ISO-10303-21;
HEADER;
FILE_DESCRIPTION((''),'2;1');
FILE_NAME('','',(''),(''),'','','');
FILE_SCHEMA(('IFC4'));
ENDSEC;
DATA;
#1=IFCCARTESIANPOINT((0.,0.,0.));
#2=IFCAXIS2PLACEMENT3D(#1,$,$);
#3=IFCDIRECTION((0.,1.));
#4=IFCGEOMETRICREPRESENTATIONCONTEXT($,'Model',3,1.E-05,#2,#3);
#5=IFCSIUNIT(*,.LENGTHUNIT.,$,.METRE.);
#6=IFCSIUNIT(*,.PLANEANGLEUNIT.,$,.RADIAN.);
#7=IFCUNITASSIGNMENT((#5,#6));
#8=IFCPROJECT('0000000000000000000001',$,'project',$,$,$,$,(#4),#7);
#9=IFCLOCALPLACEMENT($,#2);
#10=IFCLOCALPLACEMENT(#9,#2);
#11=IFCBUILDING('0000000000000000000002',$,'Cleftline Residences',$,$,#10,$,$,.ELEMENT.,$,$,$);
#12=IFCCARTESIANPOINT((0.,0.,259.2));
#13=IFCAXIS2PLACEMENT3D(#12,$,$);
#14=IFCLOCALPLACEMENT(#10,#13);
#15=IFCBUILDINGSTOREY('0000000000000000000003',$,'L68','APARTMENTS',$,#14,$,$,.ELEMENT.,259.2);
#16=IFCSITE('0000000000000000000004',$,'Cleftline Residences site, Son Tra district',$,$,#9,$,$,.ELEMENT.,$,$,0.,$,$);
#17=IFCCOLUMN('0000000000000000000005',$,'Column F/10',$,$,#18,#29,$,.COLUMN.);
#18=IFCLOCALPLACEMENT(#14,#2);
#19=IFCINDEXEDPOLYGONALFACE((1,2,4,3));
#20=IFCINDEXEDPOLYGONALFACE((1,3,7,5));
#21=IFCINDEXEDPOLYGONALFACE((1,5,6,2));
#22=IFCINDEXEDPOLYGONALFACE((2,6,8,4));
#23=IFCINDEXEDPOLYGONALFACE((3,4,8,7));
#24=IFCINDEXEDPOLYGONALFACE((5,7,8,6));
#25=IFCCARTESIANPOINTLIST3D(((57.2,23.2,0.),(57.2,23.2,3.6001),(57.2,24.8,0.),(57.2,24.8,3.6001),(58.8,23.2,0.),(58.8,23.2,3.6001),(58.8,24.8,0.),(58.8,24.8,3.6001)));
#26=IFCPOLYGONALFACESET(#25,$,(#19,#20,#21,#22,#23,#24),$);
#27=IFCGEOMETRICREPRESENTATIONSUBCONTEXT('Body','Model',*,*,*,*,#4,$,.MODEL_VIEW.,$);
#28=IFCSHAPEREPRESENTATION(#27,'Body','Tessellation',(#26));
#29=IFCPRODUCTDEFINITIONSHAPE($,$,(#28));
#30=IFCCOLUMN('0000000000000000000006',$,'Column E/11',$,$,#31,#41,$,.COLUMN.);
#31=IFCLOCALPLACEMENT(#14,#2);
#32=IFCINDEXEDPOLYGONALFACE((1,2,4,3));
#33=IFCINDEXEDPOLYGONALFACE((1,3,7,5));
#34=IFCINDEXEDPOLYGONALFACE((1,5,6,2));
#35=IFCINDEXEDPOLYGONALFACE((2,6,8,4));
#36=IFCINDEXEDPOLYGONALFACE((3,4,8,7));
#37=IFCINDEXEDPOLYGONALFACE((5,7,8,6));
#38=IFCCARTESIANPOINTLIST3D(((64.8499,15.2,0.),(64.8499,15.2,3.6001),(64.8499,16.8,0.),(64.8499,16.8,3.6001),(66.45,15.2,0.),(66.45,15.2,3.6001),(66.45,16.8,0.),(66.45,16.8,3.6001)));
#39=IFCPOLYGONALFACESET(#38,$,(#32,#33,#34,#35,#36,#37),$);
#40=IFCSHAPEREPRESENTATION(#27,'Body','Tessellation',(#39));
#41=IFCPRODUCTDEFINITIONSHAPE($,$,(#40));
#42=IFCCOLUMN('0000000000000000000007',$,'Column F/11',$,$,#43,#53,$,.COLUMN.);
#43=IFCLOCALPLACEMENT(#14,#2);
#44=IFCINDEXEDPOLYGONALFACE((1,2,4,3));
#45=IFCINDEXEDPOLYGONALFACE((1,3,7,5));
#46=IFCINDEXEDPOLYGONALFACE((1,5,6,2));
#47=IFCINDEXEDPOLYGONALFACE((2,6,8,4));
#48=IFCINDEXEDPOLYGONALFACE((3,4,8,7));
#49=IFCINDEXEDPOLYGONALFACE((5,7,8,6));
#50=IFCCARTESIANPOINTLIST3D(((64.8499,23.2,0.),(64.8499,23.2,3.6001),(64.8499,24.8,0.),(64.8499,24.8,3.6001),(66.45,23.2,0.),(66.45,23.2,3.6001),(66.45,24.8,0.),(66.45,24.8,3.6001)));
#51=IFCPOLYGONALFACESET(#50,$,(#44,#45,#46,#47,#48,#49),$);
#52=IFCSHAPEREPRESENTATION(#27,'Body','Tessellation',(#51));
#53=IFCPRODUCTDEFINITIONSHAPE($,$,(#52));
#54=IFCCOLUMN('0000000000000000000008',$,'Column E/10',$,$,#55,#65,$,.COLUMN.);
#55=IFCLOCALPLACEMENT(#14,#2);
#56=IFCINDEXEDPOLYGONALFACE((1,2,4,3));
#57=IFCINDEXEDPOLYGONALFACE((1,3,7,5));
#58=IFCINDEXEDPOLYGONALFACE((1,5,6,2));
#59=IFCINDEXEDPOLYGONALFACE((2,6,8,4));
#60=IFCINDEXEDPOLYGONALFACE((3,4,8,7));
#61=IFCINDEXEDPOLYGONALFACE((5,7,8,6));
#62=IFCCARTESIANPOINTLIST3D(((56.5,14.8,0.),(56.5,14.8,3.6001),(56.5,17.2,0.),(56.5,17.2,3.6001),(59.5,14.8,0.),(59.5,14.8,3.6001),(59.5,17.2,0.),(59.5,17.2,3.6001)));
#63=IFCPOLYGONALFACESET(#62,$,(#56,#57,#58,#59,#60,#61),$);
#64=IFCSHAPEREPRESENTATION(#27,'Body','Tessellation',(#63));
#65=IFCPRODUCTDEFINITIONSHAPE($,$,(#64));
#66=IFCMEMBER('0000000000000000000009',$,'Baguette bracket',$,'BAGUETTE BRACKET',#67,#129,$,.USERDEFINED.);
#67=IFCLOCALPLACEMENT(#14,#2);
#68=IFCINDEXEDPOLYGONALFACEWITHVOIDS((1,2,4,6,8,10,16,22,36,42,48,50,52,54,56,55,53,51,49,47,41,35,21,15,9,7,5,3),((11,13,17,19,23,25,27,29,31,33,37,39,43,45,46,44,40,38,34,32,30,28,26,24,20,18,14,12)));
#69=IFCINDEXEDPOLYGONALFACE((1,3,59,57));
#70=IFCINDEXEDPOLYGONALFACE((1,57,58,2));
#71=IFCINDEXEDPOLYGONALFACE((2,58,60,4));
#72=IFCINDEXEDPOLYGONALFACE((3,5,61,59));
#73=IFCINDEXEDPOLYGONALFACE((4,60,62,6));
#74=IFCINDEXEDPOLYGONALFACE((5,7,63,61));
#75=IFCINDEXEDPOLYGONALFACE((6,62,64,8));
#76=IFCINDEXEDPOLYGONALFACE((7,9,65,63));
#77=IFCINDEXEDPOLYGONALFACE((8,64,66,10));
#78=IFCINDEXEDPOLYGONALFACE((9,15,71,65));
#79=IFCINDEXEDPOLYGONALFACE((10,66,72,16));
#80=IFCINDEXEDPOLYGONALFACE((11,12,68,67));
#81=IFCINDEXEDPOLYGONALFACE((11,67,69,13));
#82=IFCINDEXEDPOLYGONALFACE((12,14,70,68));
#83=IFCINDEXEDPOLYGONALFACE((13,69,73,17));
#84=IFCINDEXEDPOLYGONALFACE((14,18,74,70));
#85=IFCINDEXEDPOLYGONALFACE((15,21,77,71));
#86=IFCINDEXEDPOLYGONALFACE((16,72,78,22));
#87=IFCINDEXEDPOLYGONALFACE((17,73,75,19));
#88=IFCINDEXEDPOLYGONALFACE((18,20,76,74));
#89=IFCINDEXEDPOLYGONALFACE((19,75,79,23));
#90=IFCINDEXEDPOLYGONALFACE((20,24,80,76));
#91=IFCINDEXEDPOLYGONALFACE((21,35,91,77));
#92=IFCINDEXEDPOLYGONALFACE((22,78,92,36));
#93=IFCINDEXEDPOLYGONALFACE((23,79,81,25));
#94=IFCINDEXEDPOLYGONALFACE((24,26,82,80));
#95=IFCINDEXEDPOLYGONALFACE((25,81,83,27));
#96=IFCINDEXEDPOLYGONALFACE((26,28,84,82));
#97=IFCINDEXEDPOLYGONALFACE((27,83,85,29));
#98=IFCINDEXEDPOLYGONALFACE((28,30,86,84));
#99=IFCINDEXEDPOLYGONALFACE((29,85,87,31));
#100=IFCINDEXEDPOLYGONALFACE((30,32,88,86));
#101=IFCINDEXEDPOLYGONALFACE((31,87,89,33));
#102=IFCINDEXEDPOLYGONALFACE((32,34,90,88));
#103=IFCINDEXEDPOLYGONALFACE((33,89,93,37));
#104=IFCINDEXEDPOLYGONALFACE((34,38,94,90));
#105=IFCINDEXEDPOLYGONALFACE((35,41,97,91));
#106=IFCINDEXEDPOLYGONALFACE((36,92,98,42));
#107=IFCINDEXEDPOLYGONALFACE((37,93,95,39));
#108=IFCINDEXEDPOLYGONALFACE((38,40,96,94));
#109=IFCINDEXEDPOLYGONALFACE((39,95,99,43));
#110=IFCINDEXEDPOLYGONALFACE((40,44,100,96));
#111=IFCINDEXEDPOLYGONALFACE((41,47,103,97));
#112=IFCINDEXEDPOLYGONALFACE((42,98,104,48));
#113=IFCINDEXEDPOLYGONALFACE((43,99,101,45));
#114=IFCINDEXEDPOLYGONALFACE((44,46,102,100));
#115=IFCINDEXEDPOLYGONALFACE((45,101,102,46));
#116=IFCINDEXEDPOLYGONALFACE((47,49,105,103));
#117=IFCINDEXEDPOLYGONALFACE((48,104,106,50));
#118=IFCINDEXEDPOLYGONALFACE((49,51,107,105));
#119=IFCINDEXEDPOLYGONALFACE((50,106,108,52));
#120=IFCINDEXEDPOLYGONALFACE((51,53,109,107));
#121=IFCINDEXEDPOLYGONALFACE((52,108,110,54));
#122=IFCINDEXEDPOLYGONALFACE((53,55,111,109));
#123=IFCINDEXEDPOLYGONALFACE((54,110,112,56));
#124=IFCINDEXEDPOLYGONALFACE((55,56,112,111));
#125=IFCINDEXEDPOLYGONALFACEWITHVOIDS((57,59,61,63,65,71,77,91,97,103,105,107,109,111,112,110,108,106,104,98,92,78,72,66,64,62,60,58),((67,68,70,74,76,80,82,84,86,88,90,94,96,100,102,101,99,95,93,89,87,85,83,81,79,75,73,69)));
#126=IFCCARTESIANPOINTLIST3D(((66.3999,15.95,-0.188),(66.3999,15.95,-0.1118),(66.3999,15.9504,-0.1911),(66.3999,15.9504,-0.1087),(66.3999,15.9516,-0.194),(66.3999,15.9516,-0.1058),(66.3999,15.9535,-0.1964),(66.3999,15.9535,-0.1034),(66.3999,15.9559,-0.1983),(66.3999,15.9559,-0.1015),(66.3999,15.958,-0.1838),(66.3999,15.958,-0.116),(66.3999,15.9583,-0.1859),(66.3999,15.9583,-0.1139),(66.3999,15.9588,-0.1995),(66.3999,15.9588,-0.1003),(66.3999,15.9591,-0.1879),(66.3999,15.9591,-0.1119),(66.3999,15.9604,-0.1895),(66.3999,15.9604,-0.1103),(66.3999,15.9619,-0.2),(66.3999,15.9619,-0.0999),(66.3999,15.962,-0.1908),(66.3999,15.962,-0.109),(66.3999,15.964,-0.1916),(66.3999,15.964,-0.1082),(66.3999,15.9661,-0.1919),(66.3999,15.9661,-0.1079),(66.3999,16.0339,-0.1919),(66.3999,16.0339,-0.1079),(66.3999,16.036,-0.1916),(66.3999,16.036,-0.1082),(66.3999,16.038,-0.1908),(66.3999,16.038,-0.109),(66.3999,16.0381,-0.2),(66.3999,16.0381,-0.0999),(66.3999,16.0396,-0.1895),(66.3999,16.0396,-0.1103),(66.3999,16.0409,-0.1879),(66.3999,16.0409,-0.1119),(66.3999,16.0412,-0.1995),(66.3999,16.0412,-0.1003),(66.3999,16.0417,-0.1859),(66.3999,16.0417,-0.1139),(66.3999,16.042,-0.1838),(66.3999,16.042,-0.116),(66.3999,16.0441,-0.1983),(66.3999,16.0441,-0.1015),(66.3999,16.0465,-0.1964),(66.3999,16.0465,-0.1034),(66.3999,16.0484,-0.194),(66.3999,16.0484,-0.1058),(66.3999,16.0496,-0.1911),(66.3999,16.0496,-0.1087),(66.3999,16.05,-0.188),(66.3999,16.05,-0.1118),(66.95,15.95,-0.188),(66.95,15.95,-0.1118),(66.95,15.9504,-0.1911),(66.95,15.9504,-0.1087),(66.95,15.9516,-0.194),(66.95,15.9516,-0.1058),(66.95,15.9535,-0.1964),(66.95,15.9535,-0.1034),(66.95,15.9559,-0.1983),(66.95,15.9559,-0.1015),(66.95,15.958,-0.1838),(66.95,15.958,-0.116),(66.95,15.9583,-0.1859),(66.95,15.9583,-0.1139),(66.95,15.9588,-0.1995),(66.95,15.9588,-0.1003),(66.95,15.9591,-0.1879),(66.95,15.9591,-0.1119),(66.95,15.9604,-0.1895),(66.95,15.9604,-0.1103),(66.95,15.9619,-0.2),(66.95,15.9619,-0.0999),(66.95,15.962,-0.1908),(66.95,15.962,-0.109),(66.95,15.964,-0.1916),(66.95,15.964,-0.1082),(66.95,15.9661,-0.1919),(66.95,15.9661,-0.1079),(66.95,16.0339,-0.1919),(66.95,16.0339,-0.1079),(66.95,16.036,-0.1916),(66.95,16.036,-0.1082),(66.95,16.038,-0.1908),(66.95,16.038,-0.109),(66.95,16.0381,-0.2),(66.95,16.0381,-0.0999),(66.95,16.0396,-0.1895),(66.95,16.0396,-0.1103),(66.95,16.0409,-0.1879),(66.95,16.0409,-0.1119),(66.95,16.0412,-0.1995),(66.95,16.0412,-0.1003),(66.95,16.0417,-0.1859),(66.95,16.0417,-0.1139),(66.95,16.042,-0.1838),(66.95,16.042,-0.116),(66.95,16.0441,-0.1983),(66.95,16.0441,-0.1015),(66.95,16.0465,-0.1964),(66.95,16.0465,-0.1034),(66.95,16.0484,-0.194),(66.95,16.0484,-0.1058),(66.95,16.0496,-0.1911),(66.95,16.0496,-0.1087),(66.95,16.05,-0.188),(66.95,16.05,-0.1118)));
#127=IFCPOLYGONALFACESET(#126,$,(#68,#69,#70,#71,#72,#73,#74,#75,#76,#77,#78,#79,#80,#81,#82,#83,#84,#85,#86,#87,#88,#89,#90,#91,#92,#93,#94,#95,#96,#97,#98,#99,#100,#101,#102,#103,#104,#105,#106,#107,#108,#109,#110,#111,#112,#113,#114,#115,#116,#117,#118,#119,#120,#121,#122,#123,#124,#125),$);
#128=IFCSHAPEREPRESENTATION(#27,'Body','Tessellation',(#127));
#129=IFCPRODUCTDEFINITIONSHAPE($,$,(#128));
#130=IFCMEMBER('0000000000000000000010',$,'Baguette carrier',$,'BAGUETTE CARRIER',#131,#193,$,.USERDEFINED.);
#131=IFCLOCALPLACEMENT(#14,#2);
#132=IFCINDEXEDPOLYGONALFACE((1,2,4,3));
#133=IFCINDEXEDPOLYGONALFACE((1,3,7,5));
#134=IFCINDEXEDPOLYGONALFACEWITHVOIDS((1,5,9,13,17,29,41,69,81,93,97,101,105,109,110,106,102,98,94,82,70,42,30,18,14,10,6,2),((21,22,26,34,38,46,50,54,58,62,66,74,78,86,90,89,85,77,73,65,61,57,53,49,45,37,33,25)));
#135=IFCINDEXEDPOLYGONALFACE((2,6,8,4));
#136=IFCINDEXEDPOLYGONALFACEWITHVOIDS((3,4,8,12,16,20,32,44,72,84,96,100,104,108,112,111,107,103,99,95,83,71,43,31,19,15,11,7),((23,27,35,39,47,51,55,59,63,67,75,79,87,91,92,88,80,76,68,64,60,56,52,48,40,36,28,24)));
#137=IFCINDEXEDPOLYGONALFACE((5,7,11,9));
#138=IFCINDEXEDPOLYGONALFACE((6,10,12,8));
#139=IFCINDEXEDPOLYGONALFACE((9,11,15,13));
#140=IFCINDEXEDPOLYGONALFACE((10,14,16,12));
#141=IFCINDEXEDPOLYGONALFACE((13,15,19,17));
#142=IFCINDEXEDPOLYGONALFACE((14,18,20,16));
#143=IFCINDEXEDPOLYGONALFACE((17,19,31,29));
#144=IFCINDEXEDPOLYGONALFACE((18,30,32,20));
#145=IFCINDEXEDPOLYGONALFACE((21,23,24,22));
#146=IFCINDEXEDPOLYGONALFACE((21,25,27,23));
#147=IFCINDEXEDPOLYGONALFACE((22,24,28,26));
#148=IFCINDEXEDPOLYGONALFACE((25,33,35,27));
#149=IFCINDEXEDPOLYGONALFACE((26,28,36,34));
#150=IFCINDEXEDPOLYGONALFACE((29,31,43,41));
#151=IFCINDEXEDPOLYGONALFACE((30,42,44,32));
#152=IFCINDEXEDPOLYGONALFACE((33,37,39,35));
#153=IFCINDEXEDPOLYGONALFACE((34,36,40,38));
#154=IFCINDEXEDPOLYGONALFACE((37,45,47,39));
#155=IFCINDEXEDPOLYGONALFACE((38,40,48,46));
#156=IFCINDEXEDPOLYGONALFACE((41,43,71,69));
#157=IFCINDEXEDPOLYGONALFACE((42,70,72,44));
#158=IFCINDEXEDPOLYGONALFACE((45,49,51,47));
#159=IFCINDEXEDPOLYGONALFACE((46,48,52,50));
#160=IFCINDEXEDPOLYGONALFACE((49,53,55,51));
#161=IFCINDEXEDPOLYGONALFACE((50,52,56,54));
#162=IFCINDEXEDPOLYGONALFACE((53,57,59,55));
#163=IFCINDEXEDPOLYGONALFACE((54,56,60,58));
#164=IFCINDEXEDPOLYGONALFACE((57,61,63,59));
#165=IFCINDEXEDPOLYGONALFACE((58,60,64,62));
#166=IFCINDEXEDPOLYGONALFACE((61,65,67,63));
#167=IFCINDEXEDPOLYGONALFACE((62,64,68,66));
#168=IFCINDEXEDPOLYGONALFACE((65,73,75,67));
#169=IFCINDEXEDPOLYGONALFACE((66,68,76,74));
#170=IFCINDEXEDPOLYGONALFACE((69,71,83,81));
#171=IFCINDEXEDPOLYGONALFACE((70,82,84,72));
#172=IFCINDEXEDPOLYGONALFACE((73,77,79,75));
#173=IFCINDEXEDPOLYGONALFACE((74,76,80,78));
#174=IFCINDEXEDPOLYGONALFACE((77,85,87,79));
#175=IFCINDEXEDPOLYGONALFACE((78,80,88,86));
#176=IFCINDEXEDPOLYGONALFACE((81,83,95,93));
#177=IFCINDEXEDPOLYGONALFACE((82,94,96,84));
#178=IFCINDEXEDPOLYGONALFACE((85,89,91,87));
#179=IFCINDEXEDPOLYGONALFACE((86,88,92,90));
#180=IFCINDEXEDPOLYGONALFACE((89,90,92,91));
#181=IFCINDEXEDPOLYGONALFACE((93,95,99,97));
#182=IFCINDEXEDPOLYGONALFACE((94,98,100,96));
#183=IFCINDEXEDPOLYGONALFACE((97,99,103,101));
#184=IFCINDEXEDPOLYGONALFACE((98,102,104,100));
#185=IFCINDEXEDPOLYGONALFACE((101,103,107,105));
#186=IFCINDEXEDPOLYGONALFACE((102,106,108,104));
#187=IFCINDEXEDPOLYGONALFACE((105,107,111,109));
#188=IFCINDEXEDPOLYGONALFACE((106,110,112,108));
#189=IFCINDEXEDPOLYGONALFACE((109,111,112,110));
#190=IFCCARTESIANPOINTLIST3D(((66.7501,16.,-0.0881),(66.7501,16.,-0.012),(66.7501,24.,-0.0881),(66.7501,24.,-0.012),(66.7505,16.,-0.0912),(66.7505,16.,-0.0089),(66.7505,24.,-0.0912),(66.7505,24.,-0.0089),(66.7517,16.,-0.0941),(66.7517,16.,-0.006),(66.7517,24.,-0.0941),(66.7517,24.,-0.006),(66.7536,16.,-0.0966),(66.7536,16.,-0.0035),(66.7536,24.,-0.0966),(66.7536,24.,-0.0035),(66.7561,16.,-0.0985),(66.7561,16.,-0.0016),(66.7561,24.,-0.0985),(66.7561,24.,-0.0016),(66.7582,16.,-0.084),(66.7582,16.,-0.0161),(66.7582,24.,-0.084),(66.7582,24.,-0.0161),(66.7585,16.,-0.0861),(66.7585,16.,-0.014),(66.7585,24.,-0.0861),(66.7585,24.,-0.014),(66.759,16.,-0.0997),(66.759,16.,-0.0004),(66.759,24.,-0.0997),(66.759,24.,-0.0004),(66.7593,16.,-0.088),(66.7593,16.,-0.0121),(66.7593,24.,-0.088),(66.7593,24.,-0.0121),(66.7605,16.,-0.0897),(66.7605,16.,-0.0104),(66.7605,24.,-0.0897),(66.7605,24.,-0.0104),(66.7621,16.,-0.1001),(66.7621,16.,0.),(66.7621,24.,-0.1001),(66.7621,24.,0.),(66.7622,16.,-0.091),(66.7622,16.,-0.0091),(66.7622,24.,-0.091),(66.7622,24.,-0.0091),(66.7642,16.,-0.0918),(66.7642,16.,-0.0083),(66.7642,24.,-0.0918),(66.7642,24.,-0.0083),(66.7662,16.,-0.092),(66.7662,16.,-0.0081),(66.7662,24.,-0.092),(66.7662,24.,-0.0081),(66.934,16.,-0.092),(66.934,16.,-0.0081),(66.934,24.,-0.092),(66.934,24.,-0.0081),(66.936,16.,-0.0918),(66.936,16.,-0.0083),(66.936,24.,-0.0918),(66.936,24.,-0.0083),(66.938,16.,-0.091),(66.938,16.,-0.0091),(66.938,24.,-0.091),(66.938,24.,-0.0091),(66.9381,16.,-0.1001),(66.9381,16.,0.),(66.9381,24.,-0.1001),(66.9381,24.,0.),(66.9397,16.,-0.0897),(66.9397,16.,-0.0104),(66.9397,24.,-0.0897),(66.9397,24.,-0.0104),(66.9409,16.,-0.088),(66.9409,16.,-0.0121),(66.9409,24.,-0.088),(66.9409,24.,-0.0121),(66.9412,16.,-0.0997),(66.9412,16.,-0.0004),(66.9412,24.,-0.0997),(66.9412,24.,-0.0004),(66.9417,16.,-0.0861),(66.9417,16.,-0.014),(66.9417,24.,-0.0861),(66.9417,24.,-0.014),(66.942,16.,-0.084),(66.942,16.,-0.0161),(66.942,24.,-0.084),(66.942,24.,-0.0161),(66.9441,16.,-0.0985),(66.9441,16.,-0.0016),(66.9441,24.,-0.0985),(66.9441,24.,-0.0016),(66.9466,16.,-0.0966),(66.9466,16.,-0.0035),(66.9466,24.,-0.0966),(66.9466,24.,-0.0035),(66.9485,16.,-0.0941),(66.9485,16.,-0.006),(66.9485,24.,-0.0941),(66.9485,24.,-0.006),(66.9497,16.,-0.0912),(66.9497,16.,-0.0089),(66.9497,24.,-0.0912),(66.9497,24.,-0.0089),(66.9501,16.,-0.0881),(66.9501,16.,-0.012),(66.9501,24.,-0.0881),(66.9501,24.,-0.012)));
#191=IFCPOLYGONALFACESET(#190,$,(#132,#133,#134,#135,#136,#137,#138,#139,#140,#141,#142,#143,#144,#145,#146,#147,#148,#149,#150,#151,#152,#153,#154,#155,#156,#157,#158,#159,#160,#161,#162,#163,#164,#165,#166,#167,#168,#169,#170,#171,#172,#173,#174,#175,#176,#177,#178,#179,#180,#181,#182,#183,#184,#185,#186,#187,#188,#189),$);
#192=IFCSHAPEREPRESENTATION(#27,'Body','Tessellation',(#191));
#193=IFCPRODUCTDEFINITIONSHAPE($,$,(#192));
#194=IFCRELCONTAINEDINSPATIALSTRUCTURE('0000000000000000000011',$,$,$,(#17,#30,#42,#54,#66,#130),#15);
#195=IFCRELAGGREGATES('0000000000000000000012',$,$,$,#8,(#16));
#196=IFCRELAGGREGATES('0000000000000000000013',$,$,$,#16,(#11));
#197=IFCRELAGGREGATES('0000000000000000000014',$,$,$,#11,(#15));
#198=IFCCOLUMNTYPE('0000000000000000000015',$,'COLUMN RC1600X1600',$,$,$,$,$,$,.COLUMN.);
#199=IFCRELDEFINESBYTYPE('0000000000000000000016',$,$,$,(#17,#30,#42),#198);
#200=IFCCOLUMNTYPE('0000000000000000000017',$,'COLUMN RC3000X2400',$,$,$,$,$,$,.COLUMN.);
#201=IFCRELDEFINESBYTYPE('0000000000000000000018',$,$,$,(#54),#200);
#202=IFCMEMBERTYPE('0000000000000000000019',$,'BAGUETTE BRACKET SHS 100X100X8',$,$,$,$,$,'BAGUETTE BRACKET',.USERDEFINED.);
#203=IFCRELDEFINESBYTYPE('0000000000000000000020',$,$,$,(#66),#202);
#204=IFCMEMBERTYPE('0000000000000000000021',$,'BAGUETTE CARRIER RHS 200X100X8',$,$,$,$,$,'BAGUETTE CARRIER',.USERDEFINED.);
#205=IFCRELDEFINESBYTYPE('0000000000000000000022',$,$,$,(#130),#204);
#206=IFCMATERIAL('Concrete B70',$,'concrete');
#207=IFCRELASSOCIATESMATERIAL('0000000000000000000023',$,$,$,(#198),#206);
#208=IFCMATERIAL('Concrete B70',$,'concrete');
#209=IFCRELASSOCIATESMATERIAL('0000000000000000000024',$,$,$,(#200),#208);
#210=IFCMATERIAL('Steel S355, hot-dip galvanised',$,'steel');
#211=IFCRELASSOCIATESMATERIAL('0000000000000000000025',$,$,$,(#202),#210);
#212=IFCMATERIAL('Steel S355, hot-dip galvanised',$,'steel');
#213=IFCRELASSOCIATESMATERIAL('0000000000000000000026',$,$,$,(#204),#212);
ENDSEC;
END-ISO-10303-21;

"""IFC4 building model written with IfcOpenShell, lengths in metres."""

from ifc_helpers import new_model, si_unit, direction, frame, origin, origin_2d, place, context, subcontext, project, spatial, rectangle, hollow_rectangle, extrude, material, material_profile, profile_set, type_object, element, save


model = new_model("IFC4")

# Units and contexts
model_context = context("Model", 3, precision=1e-05, world=origin(), true_north=direction((0.0, 1.0)))
body_context = subcontext(model_context, "Body", "Model", "MODEL_VIEW")
ifc_project = project(units=[si_unit("LENGTHUNIT", "METRE"), si_unit("PLANEANGLEUNIT", "RADIAN")], contexts=[model_context])

# Site, building, storey
site_placement = place(None, origin())
site = spatial("IfcSite", under=ifc_project, at=site_placement, Name="Cleftline Residences site, Son Tra district", CompositionType="ELEMENT", RefElevation=0.0)
building_placement = place(site_placement, origin())
building = spatial("IfcBuilding", under=site, at=building_placement, Name="Cleftline Residences", CompositionType="ELEMENT")
storey_placement = place(building_placement, frame((0.0, 0.0, 259.2)))
storey = spatial("IfcBuildingStorey", under=building, at=storey_placement, Name="L68", Description="APARTMENTS", CompositionType="ELEMENT", Elevation=259.2)

# Columns
ifc_material_1 = material(Name="Concrete B70", Category="concrete")
ifc_material_profile_1 = material_profile(ifc_material_1, rectangle(XDim=1.6001, YDim=1.6001, at=origin_2d()))
ifc_profile_set_1 = profile_set([ifc_material_profile_1], Name="Concrete B70")
column_type_1 = type_object("IfcColumnType", Name="COLUMN RC1600X1600", PredefinedType="COLUMN", material=ifc_profile_set_1)
for number, where, z_axis, x_axis, name in (
    (1, (58.0, 24.0, 0.0), (0.0, 0.0, 1.0), (1.0, 0.0, 0.0), "Column F/10"),
    (2, (65.6499, 16.0, 0.0), (0.0, 0.0, 1.0), (1.0, 0.0, 0.0), "Column E/11"),
    (3, (65.6499, 24.0, 0.0), (0.0, 0.0, 1.0), (1.0, 0.0, 0.0), "Column F/11"),
):
    element("IfcColumn", number, at=place(storey_placement, frame(where, z_axis=z_axis, x_axis=x_axis)), inside=storey, type_object=column_type_1, Name=name, PredefinedType="COLUMN", context=body_context, shape_type="SweptSolid", body=[
        extrude(rectangle(XDim=1.6001, YDim=1.6001, at=origin_2d()), origin(), (0.0, 0.0, 1.0), 3.6001),
    ])
ifc_material_2 = material(Name="Concrete B70", Category="concrete")
ifc_material_profile_2 = material_profile(ifc_material_2, rectangle(XDim=3.0, YDim=2.3999, at=origin_2d()))
ifc_profile_set_2 = profile_set([ifc_material_profile_2], Name="Concrete B70")
column_type_2 = type_object("IfcColumnType", Name="COLUMN RC3000X2400", PredefinedType="COLUMN", material=ifc_profile_set_2)
column_placement = place(storey_placement, frame((58.0, 16.0, 0.0), z_axis=(0.0, 0.0, 1.0), x_axis=(1.0, 0.0, 0.0)))
element("IfcColumn", 4, at=column_placement, inside=storey, type_object=column_type_2, Name="Column E/10", PredefinedType="COLUMN", context=body_context, shape_type="SweptSolid", body=[
    extrude(rectangle(XDim=3.0, YDim=2.3999, at=origin_2d()), origin(), (0.0, 0.0, 1.0), 3.6001),
])

# Members
ifc_material_3 = material(Name="Steel S355, hot-dip galvanised", Category="steel")
ifc_material_profile_3 = material_profile(ifc_material_3, hollow_rectangle(XDim=0.1001, YDim=0.1001, WallThickness=0.0081, InnerFilletRadius=0.0081, OuterFilletRadius=0.012, at=origin_2d()))
ifc_profile_set_3 = profile_set([ifc_material_profile_3], Name="Steel S355, hot-dip galvanised")
member_type_1 = type_object("IfcMemberType", Name="BAGUETTE BRACKET SHS 100X100X8", ElementType="BAGUETTE BRACKET", PredefinedType="USERDEFINED", material=ifc_profile_set_3)
member_1_placement = place(storey_placement, frame((66.3999, 16.0, -0.1499), z_axis=(1.0, 0.0, 0.0), x_axis=(0.0, 1.0, 0.0)))
element("IfcMember", 5, at=member_1_placement, inside=storey, type_object=member_type_1, Name="Baguette bracket", ObjectType="BAGUETTE BRACKET", PredefinedType="USERDEFINED", context=body_context, shape_type="SweptSolid", body=[
    extrude(hollow_rectangle(XDim=0.1001, YDim=0.1001, WallThickness=0.0081, InnerFilletRadius=0.0081, OuterFilletRadius=0.012, at=origin_2d()), origin(), (0.0, 0.0, 1.0), 0.55),
])
ifc_material_4 = material(Name="Steel S355, hot-dip galvanised", Category="steel")
ifc_material_profile_4 = material_profile(ifc_material_4, hollow_rectangle(XDim=0.1001, YDim=0.2, WallThickness=0.0081, InnerFilletRadius=0.0081, OuterFilletRadius=0.012, at=origin_2d()))
ifc_profile_set_4 = profile_set([ifc_material_profile_4], Name="Steel S355, hot-dip galvanised")
member_type_2 = type_object("IfcMemberType", Name="BAGUETTE CARRIER RHS 200X100X8", ElementType="BAGUETTE CARRIER", PredefinedType="USERDEFINED", material=ifc_profile_set_4)
member_2_placement = place(storey_placement, frame((66.8501, 16.0, -0.05), z_axis=(0.0, 1.0, 0.0), x_axis=(0.0, 0.0, 1.0)))
element("IfcMember", 6, at=member_2_placement, inside=storey, type_object=member_type_2, Name="Baguette carrier", ObjectType="BAGUETTE CARRIER", PredefinedType="USERDEFINED", context=body_context, shape_type="SweptSolid", body=[
    extrude(hollow_rectangle(XDim=0.1001, YDim=0.2, WallThickness=0.0081, InnerFilletRadius=0.0081, OuterFilletRadius=0.012, at=origin_2d()), origin(), (0.0, 0.0, 1.0), 8.0),
])

save(model, "model.ifc")
